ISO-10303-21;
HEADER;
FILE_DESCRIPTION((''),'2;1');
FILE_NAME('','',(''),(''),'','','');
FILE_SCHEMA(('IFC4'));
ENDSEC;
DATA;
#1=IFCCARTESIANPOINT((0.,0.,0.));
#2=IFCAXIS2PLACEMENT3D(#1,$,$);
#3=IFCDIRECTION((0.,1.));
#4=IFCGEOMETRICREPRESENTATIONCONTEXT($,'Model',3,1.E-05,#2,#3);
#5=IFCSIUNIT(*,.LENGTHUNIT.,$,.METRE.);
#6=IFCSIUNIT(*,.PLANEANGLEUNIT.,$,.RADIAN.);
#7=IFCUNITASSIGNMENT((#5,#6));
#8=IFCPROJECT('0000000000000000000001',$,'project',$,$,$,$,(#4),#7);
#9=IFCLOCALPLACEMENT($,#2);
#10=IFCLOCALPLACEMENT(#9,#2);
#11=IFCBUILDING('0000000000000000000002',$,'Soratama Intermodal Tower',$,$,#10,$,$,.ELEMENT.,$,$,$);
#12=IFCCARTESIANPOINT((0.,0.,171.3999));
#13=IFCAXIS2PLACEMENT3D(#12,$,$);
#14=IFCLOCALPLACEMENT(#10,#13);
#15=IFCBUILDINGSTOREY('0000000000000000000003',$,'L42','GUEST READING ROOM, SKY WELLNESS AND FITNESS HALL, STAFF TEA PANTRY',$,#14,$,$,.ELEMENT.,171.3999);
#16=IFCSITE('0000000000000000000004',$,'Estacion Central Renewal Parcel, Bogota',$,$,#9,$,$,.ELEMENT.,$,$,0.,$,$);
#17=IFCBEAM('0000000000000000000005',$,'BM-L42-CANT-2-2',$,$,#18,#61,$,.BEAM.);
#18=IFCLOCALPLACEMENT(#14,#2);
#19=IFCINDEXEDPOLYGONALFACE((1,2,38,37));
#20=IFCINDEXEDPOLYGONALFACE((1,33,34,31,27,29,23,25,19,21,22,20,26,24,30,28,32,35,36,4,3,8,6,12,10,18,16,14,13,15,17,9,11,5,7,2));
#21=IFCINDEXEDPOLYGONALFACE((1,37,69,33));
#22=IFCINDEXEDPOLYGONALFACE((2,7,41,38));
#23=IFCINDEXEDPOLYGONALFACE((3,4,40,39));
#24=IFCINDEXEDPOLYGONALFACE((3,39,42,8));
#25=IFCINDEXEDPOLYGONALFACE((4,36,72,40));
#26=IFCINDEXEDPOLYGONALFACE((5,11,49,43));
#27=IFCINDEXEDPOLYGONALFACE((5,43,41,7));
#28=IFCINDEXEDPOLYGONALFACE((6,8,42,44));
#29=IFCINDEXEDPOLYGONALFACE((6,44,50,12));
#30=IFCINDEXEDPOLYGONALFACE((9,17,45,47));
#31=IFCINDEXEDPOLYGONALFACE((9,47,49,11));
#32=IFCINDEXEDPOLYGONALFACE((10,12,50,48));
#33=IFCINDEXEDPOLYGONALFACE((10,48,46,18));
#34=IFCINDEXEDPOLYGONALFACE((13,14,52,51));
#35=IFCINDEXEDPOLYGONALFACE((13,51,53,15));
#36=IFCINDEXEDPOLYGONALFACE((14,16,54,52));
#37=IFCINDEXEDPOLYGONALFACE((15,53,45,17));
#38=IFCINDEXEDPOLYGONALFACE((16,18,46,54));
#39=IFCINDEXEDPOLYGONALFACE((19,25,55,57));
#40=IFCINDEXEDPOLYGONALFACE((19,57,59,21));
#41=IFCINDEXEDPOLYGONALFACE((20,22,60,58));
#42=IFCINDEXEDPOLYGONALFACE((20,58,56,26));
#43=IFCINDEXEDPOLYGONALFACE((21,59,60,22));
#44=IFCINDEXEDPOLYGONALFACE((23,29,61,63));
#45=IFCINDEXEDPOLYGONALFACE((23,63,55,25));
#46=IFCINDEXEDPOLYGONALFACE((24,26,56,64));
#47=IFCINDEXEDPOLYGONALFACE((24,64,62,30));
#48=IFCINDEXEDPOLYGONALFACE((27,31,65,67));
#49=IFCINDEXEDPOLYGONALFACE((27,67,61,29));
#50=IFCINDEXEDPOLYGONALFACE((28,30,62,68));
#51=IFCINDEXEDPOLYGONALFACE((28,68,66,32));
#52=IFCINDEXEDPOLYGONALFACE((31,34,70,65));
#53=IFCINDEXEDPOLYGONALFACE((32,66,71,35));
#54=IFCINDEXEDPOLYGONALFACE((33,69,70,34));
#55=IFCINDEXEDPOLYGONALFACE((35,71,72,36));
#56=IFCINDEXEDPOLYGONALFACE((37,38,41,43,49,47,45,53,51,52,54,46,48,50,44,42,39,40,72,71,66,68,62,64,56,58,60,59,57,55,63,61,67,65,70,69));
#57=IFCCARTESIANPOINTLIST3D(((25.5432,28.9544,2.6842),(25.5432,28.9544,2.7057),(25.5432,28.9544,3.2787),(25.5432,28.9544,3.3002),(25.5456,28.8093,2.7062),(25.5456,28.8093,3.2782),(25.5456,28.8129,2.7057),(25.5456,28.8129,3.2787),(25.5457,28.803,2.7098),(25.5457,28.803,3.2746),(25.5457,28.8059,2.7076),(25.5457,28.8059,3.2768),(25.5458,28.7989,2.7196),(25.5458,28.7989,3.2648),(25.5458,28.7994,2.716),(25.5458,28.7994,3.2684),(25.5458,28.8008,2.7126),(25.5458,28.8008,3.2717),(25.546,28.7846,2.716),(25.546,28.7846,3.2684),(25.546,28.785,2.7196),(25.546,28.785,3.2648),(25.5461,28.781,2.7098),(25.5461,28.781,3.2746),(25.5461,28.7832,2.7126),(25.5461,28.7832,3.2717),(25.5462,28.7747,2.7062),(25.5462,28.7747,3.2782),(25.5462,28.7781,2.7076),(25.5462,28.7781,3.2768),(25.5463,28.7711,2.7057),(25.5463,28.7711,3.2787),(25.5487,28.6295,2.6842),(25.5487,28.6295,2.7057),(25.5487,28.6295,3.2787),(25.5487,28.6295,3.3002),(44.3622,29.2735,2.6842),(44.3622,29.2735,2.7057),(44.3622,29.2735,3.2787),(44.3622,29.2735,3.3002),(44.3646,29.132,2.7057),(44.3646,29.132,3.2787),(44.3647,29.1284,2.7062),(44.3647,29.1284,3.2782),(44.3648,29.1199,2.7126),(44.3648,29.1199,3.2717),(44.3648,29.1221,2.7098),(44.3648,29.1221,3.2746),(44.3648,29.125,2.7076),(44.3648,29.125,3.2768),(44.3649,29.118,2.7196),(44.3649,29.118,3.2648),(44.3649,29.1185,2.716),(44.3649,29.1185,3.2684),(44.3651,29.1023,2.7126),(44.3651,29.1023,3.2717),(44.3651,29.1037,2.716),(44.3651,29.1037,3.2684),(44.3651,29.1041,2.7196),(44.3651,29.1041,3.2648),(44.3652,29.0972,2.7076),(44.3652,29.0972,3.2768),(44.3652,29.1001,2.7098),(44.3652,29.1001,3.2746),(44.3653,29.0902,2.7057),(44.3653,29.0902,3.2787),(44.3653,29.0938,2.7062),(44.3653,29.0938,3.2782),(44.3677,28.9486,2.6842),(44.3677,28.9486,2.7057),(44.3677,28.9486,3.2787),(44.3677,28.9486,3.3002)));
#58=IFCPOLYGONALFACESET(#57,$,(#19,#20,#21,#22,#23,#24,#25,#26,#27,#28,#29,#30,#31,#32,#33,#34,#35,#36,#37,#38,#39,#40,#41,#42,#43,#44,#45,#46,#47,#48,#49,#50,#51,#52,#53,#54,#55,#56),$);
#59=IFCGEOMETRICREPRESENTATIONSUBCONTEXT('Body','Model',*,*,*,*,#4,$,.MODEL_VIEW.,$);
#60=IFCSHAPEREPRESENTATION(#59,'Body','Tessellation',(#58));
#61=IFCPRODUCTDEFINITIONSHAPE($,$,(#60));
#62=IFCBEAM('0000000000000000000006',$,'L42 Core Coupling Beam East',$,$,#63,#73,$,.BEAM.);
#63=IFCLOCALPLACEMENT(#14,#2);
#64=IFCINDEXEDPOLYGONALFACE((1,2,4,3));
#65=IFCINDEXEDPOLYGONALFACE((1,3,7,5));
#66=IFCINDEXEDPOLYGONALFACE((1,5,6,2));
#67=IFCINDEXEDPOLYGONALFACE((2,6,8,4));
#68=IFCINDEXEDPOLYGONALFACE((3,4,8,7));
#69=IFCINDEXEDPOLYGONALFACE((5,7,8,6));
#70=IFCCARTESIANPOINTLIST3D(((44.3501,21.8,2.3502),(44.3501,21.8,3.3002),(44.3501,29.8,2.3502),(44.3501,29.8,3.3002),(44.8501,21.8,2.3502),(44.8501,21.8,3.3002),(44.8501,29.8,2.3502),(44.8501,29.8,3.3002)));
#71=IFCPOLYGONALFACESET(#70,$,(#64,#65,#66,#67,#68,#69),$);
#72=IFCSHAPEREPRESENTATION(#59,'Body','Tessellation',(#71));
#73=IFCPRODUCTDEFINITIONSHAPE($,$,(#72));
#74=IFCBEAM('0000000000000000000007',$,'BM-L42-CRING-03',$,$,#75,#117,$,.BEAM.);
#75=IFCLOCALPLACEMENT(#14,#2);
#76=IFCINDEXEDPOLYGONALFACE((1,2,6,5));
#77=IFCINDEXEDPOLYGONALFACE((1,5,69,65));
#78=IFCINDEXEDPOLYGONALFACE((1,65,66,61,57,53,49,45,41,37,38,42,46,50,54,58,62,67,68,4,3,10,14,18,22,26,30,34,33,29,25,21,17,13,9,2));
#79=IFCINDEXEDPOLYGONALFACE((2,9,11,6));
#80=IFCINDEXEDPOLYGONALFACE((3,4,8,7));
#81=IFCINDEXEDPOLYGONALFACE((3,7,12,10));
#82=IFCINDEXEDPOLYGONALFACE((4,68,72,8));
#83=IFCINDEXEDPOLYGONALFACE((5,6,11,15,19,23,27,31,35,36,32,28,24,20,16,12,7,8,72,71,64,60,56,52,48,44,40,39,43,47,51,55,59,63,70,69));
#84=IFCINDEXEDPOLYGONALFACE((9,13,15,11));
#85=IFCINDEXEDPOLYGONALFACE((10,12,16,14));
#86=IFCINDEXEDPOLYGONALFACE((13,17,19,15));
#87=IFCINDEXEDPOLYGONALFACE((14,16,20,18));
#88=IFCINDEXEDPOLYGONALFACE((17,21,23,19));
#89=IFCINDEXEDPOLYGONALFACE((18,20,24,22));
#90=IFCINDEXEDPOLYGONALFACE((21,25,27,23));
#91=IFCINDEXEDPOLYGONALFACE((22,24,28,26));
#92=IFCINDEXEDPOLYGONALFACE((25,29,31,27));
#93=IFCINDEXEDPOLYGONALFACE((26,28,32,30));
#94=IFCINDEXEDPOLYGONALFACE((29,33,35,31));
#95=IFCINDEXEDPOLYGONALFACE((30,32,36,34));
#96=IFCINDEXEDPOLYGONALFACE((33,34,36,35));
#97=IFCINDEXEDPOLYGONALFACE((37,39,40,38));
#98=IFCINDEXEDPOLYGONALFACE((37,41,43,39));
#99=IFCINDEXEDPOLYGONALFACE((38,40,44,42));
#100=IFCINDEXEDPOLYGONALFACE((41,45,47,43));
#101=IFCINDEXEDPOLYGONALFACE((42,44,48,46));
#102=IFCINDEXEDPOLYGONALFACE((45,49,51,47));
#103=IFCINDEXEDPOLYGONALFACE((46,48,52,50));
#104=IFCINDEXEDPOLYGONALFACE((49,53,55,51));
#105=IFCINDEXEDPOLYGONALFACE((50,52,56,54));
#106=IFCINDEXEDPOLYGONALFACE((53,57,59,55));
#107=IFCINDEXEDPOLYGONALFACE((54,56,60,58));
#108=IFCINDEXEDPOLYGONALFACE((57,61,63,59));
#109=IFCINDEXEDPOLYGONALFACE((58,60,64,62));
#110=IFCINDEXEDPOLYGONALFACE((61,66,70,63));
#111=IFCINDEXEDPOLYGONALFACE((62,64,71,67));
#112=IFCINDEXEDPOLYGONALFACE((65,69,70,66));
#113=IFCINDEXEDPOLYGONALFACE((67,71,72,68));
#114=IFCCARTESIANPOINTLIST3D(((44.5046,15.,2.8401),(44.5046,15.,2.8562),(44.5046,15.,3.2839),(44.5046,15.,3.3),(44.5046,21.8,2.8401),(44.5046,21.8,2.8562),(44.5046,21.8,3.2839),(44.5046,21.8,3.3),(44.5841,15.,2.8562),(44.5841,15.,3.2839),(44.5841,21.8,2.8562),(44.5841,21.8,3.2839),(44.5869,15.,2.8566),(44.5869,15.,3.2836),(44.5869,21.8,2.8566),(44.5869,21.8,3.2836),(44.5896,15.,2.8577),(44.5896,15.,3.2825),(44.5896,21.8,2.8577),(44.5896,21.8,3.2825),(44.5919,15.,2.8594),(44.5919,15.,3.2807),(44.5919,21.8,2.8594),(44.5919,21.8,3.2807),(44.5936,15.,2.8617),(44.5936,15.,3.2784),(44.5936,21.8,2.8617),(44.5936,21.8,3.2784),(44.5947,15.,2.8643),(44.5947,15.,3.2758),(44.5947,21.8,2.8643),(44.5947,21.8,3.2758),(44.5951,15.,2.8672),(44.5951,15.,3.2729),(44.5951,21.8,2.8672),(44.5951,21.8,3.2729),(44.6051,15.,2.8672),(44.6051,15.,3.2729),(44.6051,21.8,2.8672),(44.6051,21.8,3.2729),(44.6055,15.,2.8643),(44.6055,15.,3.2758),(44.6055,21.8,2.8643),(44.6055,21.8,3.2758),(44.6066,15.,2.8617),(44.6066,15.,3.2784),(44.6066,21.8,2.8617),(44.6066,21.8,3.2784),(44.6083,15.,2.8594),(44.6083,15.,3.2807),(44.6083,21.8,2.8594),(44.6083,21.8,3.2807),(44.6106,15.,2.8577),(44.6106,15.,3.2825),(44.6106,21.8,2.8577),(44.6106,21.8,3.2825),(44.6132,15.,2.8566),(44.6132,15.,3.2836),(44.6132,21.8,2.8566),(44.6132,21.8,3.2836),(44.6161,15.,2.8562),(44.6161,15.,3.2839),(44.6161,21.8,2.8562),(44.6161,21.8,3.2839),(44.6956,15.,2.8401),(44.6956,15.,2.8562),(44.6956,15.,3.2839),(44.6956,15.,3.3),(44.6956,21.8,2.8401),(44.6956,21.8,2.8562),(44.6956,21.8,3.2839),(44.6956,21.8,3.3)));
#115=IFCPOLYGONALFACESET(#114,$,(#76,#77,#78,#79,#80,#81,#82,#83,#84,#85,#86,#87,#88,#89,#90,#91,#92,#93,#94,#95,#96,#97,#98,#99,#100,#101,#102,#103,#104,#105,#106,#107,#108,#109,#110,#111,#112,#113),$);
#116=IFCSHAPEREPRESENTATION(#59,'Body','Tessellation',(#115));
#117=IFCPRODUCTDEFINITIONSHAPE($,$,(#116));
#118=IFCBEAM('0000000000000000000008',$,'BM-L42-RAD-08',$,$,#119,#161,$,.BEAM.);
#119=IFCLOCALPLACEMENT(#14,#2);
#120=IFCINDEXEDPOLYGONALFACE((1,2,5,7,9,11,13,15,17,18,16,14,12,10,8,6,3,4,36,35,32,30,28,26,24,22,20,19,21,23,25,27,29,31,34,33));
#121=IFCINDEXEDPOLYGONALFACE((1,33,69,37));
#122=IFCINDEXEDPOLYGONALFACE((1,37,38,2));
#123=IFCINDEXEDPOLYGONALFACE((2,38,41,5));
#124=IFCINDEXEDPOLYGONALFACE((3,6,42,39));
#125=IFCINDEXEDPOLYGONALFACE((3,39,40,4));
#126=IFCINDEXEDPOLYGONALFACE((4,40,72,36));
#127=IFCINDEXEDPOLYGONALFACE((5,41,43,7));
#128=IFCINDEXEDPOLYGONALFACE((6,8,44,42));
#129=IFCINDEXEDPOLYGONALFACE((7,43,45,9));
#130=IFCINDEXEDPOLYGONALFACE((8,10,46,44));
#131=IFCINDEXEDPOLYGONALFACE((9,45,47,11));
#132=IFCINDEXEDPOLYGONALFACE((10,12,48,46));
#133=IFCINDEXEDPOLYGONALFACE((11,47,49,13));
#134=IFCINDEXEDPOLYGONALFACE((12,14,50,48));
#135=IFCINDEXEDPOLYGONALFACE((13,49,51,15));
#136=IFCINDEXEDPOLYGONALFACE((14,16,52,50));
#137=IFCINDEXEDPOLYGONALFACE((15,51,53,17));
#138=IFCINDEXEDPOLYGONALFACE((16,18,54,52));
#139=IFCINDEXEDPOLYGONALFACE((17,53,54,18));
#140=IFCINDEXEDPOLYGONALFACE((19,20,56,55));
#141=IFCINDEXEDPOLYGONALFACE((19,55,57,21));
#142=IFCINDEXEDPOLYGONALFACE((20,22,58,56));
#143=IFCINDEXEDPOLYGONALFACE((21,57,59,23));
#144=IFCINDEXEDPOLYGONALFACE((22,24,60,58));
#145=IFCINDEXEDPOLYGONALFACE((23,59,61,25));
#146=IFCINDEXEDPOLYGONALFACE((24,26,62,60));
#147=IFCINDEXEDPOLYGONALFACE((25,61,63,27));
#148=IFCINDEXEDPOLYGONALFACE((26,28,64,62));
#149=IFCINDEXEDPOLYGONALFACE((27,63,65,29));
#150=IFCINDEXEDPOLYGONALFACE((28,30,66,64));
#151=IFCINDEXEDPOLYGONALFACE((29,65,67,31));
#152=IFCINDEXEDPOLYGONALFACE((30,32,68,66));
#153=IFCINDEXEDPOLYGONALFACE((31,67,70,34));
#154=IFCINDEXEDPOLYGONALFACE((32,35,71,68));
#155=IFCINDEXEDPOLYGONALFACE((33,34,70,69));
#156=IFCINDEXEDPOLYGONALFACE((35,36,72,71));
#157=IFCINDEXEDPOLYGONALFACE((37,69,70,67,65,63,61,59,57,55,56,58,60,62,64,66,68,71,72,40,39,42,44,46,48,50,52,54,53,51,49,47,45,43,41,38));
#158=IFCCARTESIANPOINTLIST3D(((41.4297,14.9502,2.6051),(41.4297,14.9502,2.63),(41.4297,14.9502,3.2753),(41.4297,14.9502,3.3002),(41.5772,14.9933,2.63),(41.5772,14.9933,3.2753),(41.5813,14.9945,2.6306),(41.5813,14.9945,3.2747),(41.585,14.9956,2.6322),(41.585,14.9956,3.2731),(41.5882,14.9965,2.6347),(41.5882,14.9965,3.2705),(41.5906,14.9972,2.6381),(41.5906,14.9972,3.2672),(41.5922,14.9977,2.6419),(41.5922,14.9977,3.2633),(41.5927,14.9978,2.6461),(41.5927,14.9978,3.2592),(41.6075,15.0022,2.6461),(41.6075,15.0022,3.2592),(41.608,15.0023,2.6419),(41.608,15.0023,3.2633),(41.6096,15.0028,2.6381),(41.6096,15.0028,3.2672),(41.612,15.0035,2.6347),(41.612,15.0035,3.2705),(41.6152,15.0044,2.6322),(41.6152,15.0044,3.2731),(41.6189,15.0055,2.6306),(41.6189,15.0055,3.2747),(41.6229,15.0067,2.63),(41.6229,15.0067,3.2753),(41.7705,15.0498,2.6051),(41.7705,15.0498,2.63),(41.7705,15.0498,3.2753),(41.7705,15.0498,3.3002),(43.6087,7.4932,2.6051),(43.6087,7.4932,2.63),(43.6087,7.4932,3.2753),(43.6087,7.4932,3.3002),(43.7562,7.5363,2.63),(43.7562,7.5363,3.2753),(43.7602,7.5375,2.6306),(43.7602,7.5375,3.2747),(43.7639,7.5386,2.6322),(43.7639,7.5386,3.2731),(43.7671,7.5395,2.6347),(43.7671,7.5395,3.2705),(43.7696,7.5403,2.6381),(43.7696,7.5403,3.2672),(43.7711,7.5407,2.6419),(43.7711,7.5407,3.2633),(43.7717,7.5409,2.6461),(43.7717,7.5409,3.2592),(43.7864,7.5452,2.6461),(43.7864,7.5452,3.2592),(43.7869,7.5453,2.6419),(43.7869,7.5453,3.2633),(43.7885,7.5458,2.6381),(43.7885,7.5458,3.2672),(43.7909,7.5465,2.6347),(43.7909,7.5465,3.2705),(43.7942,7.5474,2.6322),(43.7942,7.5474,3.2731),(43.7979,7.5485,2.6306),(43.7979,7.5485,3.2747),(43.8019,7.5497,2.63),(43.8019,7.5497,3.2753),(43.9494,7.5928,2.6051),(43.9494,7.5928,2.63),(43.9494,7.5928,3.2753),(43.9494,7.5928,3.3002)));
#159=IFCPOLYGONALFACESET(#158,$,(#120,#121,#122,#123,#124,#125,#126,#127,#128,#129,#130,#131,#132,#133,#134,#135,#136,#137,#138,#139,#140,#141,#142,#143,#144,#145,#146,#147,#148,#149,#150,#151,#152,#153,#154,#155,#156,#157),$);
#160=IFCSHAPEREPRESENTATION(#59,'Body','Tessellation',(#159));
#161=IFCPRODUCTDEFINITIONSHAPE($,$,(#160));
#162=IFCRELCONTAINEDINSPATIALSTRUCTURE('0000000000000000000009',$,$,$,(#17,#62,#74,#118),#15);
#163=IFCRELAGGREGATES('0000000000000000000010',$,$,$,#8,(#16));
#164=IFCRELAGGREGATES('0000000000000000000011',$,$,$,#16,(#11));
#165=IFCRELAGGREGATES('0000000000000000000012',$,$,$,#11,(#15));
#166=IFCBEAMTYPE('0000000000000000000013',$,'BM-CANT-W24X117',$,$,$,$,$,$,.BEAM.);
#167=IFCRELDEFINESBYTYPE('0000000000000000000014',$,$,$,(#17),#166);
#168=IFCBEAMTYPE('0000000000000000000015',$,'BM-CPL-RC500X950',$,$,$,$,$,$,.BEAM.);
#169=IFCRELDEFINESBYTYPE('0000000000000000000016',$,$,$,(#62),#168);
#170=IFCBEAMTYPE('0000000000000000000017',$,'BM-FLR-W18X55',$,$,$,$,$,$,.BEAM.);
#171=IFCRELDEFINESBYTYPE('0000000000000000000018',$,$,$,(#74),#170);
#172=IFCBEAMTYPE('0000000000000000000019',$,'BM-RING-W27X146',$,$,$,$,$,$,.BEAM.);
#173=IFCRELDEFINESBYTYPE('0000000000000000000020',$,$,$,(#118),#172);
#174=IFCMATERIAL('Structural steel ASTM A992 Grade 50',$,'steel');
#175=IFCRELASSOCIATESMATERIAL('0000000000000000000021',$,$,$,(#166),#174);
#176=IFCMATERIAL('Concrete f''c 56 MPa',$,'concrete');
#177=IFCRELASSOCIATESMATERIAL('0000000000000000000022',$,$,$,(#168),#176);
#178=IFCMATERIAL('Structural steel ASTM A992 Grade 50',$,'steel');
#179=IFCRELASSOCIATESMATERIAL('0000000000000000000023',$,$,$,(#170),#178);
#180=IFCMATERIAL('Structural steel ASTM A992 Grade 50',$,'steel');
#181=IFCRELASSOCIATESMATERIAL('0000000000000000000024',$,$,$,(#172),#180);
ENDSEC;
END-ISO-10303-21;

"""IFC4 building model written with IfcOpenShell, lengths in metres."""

from ifc_helpers import new_model, si_unit, direction, frame, origin, origin_2d, place, context, subcontext, project, spatial, rectangle, i_section, extrude, material, material_profile, profile_set, type_object, element, save


model = new_model("IFC4")

# Units and contexts
model_context = context("Model", 3, precision=1e-05, world=origin(), true_north=direction((0.0, 1.0)))
body_context = subcontext(model_context, "Body", "Model", "MODEL_VIEW")
ifc_project = project(units=[si_unit("LENGTHUNIT", "METRE"), si_unit("PLANEANGLEUNIT", "RADIAN")], contexts=[model_context])

# Site, building, storey
site_placement = place(None, origin())
site = spatial("IfcSite", under=ifc_project, at=site_placement, Name="Estacion Central Renewal Parcel, Bogota", CompositionType="ELEMENT", RefElevation=0.0)
building_placement = place(site_placement, origin())
building = spatial("IfcBuilding", under=site, at=building_placement, Name="Soratama Intermodal Tower", CompositionType="ELEMENT")
storey_placement = place(building_placement, frame((0.0, 0.0, 171.3999)))
storey = spatial("IfcBuildingStorey", under=building, at=storey_placement, Name="L42", Description="GUEST READING ROOM, SKY WELLNESS AND FITNESS HALL, STAFF TEA PANTRY", CompositionType="ELEMENT", Elevation=171.3999)

# Beams
ifc_material_1 = material(Name="Structural steel ASTM A992 Grade 50", Category="steel")
ifc_material_profile_1 = material_profile(ifc_material_1, i_section(OverallWidth=0.325, OverallDepth=0.616, WebThickness=0.0139, FlangeThickness=0.0215, FilletRadius=0.0139, at=origin_2d()), Name="W24X117")
ifc_profile_set_1 = profile_set([ifc_material_profile_1], Name="Structural steel ASTM A992 Grade 50")
beam_type_1 = type_object("IfcBeamType", Name="BM-CANT-W24X117", PredefinedType="BEAM", material=ifc_profile_set_1)
beam_1_placement = place(storey_placement, frame((44.365, 29.1111, 2.9922), z_axis=(-0.999856, -0.016953, 0.0), x_axis=(0.016953, -0.999856, 0.0)))
element("IfcBeam", 1, at=beam_1_placement, inside=storey, type_object=beam_type_1, Name="BM-L42-CANT-2-2", PredefinedType="BEAM", context=body_context, shape_type="SweptSolid", body=[
    extrude(i_section(OverallWidth=0.325, OverallDepth=0.616, WebThickness=0.0139, FlangeThickness=0.0215, FilletRadius=0.0139, at=origin_2d()), origin(), (0.0, 0.0, 1.0), 18.8218),
])
ifc_material_2 = material(Name="Concrete f'c 56 MPa", Category="concrete")
ifc_material_profile_2 = material_profile(ifc_material_2, rectangle(XDim=0.5, YDim=0.95, at=origin_2d()), Name="RC500X950")
ifc_profile_set_2 = profile_set([ifc_material_profile_2], Name="Concrete f'c 56 MPa")
beam_type_2 = type_object("IfcBeamType", Name="BM-CPL-RC500X950", PredefinedType="BEAM", material=ifc_profile_set_2)
beam_2_placement = place(storey_placement, frame((44.6001, 21.8, 2.8252), z_axis=(0.0, 1.0, 0.0), x_axis=(-1.0, 0.0, 0.0)))
element("IfcBeam", 2, at=beam_2_placement, inside=storey, type_object=beam_type_2, Name="L42 Core Coupling Beam East", PredefinedType="BEAM", context=body_context, shape_type="SweptSolid", body=[
    extrude(rectangle(XDim=0.5, YDim=0.95, at=origin_2d()), origin(), (0.0, 0.0, 1.0), 8.0),
])
ifc_material_3 = material(Name="Structural steel ASTM A992 Grade 50", Category="steel")
ifc_material_profile_3 = material_profile(ifc_material_3, i_section(OverallWidth=0.1909, OverallDepth=0.46, WebThickness=0.01, FlangeThickness=0.0161, FilletRadius=0.011, at=origin_2d()), Name="W18X55")
ifc_profile_set_3 = profile_set([ifc_material_profile_3], Name="Structural steel ASTM A992 Grade 50")
beam_type_3 = type_object("IfcBeamType", Name="BM-FLR-W18X55", PredefinedType="BEAM", material=ifc_profile_set_3)
beam_3_placement = place(storey_placement, frame((44.6001, 15.0, 3.0701), z_axis=(0.0, 1.0, 0.0), x_axis=(-1.0, 0.0, 0.0)))
element("IfcBeam", 3, at=beam_3_placement, inside=storey, type_object=beam_type_3, Name="BM-L42-CRING-03", PredefinedType="BEAM", context=body_context, shape_type="SweptSolid", body=[
    extrude(i_section(OverallWidth=0.1909, OverallDepth=0.46, WebThickness=0.01, FlangeThickness=0.0161, FilletRadius=0.011, at=origin_2d()), origin(), (0.0, 0.0, 1.0), 6.8),
])
ifc_material_4 = material(Name="Structural steel ASTM A992 Grade 50", Category="steel")
ifc_material_profile_4 = material_profile(ifc_material_4, i_section(OverallWidth=0.355, OverallDepth=0.6951, WebThickness=0.0154, FlangeThickness=0.0249, FilletRadius=0.0161, at=origin_2d()), Name="W27X146")
ifc_profile_set_4 = profile_set([ifc_material_profile_4], Name="Structural steel ASTM A992 Grade 50")
beam_type_4 = type_object("IfcBeamType", Name="BM-RING-W27X146", PredefinedType="BEAM", material=ifc_profile_set_4)
beam_4_placement = place(storey_placement, frame((41.6001, 15.0, 2.9526), z_axis=(0.280473, -0.959862, 0.0), x_axis=(0.959862, 0.280473, 0.0)))
element("IfcBeam", 4, at=beam_4_placement, inside=storey, type_object=beam_type_4, Name="BM-L42-RAD-08", PredefinedType="BEAM", context=body_context, shape_type="SweptSolid", body=[
    extrude(i_section(OverallWidth=0.355, OverallDepth=0.6951, WebThickness=0.0154, FlangeThickness=0.0249, FilletRadius=0.0161, at=origin_2d()), origin(), (0.0, 0.0, 1.0), 7.7688),
])

save(model, "model.ifc")
